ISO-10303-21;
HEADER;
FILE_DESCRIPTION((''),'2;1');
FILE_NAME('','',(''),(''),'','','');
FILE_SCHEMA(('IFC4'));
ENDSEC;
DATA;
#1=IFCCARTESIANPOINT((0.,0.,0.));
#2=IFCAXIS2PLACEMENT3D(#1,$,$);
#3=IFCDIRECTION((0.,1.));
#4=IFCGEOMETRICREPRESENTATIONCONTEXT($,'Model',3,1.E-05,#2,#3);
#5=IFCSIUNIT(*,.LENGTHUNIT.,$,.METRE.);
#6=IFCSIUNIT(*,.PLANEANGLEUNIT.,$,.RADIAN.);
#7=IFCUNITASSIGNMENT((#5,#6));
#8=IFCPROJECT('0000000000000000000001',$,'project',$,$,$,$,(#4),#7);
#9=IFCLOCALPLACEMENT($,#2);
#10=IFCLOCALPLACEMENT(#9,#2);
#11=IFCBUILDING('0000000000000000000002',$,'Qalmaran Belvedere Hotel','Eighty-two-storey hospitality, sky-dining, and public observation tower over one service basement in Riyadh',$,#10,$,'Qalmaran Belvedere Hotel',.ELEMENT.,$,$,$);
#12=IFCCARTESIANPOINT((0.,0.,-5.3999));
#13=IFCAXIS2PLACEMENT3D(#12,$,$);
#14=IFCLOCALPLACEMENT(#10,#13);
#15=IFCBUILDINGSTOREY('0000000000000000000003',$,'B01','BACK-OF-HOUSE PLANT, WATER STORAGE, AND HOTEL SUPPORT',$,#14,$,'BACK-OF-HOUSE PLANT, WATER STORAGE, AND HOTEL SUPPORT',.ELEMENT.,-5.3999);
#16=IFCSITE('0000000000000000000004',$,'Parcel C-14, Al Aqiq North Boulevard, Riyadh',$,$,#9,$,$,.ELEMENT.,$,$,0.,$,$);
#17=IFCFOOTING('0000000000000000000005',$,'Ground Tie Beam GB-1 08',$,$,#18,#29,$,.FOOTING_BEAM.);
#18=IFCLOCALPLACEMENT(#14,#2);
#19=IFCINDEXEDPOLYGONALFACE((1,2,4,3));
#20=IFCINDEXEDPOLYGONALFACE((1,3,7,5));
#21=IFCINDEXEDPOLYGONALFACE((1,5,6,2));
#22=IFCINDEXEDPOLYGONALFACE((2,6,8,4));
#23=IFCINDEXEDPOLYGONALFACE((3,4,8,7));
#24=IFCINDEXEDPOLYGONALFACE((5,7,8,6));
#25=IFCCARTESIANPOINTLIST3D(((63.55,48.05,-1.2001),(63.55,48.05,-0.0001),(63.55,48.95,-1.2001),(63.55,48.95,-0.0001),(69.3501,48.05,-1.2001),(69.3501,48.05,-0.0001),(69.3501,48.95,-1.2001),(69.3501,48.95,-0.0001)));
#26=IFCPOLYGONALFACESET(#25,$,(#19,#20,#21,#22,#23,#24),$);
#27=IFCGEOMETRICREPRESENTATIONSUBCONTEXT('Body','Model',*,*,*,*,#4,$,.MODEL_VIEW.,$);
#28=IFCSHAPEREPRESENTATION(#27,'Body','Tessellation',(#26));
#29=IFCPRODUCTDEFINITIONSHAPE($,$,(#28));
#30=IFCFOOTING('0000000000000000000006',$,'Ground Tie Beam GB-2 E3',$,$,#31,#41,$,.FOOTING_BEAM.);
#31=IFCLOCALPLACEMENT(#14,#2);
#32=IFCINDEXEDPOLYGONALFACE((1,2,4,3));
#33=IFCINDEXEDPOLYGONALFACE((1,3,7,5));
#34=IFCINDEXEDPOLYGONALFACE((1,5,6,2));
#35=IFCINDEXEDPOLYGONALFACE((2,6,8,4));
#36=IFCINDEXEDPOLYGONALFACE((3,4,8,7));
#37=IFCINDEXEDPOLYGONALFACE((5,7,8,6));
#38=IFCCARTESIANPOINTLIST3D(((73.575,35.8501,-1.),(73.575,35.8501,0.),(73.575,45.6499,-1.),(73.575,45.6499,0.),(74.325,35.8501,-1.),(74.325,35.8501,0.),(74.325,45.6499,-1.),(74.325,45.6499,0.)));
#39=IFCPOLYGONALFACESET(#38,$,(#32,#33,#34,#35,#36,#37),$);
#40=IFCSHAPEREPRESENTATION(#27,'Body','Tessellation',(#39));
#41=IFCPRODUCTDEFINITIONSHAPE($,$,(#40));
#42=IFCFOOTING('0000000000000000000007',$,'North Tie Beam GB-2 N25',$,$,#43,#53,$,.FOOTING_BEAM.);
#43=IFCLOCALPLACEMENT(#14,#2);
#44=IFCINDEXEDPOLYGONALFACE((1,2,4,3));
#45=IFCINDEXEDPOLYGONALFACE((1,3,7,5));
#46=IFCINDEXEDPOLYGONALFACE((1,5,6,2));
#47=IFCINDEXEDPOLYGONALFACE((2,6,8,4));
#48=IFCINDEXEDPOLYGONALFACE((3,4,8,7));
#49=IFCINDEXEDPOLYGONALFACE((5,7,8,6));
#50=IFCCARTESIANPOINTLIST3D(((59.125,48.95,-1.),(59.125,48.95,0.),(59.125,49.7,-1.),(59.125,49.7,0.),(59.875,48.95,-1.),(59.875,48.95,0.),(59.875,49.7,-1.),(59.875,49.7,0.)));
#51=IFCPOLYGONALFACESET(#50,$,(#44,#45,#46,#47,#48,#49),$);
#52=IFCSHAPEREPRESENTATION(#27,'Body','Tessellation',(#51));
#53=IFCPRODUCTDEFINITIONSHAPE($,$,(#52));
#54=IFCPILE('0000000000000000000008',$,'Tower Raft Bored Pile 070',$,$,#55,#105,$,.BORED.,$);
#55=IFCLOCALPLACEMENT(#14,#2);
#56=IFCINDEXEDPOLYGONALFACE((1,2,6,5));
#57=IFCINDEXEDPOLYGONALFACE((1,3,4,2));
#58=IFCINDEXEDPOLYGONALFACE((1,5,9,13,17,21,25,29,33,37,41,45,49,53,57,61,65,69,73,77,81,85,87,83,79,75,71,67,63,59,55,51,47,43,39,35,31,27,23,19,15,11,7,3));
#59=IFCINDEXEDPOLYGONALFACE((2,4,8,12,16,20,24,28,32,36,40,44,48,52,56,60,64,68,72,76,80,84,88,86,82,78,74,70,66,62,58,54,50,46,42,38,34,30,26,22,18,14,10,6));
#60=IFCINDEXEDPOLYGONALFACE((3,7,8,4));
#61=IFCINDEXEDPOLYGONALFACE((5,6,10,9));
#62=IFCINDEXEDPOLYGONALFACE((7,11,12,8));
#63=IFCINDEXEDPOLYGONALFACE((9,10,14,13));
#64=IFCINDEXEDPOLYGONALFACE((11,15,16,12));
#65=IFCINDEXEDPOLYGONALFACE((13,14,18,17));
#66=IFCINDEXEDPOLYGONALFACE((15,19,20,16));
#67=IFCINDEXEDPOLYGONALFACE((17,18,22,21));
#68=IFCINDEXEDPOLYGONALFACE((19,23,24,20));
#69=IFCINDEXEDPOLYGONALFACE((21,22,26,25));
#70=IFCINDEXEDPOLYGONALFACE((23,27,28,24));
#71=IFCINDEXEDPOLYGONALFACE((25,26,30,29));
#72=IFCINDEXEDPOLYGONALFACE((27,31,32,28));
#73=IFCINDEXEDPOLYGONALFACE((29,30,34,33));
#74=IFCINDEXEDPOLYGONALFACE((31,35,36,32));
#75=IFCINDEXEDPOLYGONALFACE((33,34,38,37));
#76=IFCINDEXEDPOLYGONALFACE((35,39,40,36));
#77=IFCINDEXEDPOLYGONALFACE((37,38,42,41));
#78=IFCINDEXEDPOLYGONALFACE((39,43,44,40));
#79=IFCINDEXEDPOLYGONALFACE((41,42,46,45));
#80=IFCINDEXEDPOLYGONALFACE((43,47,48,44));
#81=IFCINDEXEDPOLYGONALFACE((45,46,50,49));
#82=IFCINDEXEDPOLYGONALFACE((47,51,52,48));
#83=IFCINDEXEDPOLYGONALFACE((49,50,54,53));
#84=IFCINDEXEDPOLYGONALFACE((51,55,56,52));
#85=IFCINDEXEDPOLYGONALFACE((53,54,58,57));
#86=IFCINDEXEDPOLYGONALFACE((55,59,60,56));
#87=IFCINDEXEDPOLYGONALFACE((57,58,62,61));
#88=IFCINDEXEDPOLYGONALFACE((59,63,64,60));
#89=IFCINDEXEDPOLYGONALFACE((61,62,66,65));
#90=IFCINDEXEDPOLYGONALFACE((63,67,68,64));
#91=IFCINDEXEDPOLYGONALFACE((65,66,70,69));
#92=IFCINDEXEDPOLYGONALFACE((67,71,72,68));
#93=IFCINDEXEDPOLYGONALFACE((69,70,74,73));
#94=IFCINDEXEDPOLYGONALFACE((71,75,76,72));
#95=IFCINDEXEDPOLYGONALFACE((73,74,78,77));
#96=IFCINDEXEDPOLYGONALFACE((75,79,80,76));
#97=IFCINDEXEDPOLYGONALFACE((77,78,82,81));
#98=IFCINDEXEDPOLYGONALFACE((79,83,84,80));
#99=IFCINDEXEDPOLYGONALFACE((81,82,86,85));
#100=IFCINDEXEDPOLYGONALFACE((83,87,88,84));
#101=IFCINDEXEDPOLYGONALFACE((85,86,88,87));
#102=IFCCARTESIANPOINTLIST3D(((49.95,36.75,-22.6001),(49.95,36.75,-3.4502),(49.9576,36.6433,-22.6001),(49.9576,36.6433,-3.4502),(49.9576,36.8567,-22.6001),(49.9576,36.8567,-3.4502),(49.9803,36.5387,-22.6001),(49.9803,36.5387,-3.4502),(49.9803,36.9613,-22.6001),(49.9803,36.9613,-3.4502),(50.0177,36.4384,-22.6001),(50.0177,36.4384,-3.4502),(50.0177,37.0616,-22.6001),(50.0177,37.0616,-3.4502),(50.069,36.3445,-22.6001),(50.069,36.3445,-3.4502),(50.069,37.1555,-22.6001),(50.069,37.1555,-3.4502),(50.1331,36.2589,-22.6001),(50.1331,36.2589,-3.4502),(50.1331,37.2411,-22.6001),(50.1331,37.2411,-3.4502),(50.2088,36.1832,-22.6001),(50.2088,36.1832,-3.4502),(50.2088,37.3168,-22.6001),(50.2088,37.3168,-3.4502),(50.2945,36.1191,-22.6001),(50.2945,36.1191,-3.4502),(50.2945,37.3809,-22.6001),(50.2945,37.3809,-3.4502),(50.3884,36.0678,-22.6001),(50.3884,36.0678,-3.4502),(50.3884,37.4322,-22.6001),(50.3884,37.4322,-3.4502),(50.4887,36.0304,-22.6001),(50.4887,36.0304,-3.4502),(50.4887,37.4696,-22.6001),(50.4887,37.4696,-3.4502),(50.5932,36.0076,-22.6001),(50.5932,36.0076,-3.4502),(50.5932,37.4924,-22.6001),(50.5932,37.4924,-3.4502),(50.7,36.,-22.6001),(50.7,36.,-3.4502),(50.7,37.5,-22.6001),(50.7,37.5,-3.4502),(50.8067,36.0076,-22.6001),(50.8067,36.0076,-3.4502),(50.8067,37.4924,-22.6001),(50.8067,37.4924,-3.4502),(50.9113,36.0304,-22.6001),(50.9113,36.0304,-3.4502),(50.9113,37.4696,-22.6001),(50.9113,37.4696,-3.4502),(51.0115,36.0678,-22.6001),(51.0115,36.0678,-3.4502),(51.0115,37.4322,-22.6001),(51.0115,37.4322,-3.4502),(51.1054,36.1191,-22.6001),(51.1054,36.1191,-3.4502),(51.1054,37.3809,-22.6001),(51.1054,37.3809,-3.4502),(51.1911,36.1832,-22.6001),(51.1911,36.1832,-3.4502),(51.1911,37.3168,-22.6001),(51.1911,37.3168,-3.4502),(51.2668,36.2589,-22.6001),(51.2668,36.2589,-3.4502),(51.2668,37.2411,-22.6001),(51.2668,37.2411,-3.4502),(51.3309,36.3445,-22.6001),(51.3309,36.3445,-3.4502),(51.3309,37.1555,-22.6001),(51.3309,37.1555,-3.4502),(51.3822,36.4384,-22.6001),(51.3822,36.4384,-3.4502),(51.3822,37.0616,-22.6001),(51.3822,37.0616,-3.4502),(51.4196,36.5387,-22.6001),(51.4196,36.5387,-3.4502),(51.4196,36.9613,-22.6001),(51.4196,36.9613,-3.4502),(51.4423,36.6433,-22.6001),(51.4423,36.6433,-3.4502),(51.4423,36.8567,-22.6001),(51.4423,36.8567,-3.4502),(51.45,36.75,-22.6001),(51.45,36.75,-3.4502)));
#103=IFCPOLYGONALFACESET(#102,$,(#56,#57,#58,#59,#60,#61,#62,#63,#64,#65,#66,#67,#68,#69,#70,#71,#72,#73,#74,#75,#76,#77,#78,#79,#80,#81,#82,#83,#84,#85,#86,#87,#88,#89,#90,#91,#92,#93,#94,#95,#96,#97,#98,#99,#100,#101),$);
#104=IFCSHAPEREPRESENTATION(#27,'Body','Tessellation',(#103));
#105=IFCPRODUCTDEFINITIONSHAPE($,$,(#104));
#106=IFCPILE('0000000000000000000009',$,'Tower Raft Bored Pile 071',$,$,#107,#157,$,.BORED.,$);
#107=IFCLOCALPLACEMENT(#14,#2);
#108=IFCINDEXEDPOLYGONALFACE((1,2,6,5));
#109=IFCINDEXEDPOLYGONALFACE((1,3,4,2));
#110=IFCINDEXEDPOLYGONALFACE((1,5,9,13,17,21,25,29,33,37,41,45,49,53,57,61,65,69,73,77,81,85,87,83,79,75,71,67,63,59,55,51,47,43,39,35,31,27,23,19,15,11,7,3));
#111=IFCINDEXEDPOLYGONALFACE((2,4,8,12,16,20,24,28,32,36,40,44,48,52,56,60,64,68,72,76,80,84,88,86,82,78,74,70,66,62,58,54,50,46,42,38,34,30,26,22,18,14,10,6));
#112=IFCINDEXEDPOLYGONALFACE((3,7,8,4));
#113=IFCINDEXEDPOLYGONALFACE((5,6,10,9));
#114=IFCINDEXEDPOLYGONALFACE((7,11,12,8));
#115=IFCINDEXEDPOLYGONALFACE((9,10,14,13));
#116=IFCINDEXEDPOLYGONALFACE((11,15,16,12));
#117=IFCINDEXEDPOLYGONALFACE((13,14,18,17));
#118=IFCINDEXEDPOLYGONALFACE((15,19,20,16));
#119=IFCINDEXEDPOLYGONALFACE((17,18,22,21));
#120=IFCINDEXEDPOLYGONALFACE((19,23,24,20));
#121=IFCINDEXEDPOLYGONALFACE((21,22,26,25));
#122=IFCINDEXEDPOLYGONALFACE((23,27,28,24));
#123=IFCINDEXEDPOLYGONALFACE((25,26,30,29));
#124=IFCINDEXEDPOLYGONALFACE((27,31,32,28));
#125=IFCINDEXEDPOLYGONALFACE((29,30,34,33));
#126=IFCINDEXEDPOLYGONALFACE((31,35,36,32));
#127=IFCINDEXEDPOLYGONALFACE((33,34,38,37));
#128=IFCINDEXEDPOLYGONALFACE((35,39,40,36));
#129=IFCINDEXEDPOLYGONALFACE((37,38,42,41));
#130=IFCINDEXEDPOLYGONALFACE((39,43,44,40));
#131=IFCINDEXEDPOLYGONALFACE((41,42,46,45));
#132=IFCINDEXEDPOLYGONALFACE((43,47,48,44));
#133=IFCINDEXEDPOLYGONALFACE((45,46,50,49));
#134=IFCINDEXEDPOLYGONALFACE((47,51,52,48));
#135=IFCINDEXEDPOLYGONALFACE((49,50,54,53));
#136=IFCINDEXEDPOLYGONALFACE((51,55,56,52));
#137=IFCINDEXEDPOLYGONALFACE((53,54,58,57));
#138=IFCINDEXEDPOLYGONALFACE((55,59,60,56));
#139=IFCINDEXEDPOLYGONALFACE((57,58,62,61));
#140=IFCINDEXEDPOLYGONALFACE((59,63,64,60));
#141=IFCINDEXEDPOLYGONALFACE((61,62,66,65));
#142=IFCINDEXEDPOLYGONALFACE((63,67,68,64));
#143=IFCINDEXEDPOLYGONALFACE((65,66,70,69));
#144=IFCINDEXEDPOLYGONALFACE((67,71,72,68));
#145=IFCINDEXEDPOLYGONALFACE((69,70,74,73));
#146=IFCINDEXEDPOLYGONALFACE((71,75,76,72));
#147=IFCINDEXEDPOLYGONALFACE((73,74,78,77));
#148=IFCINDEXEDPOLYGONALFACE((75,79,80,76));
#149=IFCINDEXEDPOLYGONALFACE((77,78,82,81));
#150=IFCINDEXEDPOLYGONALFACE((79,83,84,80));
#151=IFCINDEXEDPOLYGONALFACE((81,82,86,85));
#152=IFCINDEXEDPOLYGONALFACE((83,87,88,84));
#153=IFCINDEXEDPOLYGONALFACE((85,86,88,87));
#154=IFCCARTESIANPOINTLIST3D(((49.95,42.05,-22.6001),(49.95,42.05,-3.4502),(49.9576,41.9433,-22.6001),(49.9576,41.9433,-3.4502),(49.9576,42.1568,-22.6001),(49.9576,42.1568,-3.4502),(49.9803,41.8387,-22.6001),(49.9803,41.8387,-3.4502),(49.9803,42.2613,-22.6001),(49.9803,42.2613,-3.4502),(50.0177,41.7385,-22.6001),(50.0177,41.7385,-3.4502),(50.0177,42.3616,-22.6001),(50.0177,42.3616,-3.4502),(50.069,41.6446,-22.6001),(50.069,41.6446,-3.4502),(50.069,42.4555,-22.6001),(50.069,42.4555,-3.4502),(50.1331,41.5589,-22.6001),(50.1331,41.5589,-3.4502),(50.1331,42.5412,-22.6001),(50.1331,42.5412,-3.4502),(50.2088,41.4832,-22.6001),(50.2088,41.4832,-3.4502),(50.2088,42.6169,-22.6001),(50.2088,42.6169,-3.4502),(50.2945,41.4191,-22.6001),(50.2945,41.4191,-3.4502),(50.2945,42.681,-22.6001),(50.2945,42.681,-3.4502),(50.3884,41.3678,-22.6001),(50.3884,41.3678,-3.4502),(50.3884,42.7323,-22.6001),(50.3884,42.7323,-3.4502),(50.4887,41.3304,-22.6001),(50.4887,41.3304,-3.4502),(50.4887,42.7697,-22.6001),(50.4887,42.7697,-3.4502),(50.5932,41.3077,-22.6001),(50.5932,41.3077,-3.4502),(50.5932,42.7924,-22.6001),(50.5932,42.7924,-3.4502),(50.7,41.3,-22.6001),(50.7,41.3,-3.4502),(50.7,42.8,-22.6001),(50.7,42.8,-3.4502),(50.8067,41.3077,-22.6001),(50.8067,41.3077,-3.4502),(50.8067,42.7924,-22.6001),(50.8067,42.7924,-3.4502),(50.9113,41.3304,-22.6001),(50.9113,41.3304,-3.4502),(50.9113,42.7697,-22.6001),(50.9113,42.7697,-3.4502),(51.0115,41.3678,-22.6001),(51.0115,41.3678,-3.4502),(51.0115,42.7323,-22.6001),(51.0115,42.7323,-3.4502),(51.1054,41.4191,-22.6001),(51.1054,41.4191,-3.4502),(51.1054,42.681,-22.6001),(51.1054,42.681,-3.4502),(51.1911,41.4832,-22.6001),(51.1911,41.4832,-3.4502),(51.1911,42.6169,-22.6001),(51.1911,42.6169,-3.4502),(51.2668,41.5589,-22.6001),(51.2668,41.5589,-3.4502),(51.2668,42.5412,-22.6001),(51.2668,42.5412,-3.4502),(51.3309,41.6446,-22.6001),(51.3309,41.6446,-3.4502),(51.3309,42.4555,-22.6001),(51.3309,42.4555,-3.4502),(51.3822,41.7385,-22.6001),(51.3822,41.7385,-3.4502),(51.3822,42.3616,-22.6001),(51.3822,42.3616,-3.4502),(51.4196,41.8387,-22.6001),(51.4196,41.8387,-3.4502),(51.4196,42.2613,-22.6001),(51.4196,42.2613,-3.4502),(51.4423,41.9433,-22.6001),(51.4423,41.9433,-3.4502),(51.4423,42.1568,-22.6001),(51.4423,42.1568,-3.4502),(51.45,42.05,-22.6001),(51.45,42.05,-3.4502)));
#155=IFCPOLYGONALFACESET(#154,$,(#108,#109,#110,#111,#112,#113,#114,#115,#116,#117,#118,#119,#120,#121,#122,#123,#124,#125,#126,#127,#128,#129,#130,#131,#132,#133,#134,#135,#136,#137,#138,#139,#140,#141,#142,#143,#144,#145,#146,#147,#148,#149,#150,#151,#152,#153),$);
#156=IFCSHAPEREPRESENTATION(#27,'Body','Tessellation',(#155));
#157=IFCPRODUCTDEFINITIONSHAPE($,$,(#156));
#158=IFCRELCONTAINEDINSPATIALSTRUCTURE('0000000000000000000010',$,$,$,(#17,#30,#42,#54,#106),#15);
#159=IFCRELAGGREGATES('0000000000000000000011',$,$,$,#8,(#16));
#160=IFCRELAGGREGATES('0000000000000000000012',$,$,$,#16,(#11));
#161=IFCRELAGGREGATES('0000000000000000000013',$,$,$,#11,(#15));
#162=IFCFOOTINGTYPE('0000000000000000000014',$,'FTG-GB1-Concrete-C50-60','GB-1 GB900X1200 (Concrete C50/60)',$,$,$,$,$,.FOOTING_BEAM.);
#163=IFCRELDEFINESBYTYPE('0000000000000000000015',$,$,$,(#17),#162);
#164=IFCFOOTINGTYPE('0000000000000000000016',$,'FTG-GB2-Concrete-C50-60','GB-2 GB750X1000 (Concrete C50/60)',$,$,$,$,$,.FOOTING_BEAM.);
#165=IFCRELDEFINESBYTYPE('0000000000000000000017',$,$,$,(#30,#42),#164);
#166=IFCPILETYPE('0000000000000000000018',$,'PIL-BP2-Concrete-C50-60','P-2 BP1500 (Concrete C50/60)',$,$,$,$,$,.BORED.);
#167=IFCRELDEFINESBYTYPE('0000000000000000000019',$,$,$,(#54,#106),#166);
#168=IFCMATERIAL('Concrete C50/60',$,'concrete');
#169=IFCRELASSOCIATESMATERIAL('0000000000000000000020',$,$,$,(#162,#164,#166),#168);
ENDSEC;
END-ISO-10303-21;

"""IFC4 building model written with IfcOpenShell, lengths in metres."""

from ifc_helpers import new_model, si_unit, direction, frame, origin, origin_2d, place, context, subcontext, project, spatial, rectangle, circle, extrude, material, material_profile, profile_set, type_object, element, save


model = new_model("IFC4")

# Units and contexts
model_context = context("Model", 3, precision=1e-05, world=origin(), true_north=direction((0.0, 1.0)))
body_context = subcontext(model_context, "Body", "Model", "MODEL_VIEW")
ifc_project = project(units=[si_unit("LENGTHUNIT", "METRE"), si_unit("PLANEANGLEUNIT", "RADIAN")], contexts=[model_context])

# Site, building, storey
site_placement = place(None, origin())
site = spatial("IfcSite", under=ifc_project, at=site_placement, Name="Parcel C-14, Al Aqiq North Boulevard, Riyadh", CompositionType="ELEMENT", RefElevation=0.0)
building_placement = place(site_placement, origin())
building = spatial("IfcBuilding", under=site, at=building_placement, Name="Qalmaran Belvedere Hotel", Description="Eighty-two-storey hospitality, sky-dining, and public observation tower over one service basement in Riyadh", LongName="Qalmaran Belvedere Hotel", CompositionType="ELEMENT")
storey_placement = place(building_placement, frame((0.0, 0.0, -5.3999)))
storey = spatial("IfcBuildingStorey", under=building, at=storey_placement, Name="B01", Description="BACK-OF-HOUSE PLANT, WATER STORAGE, AND HOTEL SUPPORT", LongName="BACK-OF-HOUSE PLANT, WATER STORAGE, AND HOTEL SUPPORT", CompositionType="ELEMENT", Elevation=-5.3999)

# Footings
ifc_material_1 = material(Name="Concrete C50/60", Category="concrete")
ifc_material_profile_1 = material_profile(ifc_material_1, rectangle(XDim=0.8999, YDim=1.2, at=origin_2d()), Name="GB900X1200")
ifc_profile_set_1 = profile_set([ifc_material_profile_1], Name="Concrete C50/60")
footing_type_1 = type_object("IfcFootingType", Name="FTG-GB1-Concrete-C50-60", Description="GB-1 GB900X1200 (Concrete C50/60)", PredefinedType="FOOTING_BEAM", material=ifc_profile_set_1)
footing_1_placement = place(storey_placement, frame((63.55, 48.5, -0.6001), z_axis=(1.0, 0.0, 0.0), x_axis=(0.0, 1.0, 0.0)))
element("IfcFooting", 1, at=footing_1_placement, inside=storey, type_object=footing_type_1, Name="Ground Tie Beam GB-1 08", PredefinedType="FOOTING_BEAM", context=body_context, shape_type="SweptSolid", body=[
    extrude(rectangle(XDim=0.8999, YDim=1.2, at=origin_2d()), origin(), (0.0, 0.0, 1.0), 5.8),
])
ifc_material_profile_2 = material_profile(ifc_material_1, rectangle(XDim=0.75, YDim=1.0, at=origin_2d()), Name="GB750X1000")
ifc_profile_set_2 = profile_set([ifc_material_profile_2], Name="Concrete C50/60")
footing_type_2 = type_object("IfcFootingType", Name="FTG-GB2-Concrete-C50-60", Description="GB-2 GB750X1000 (Concrete C50/60)", PredefinedType="FOOTING_BEAM", material=ifc_profile_set_2)
footing_2_placement = place(storey_placement, frame((73.95, 35.8501, -0.5), z_axis=(0.0, 1.0, 0.0), x_axis=(-1.0, 0.0, 0.0)))
element("IfcFooting", 2, at=footing_2_placement, inside=storey, type_object=footing_type_2, Name="Ground Tie Beam GB-2 E3", PredefinedType="FOOTING_BEAM", context=body_context, shape_type="SweptSolid", body=[
    extrude(rectangle(XDim=0.75, YDim=1.0, at=origin_2d()), origin(), (0.0, 0.0, 1.0), 9.7998),
])
footing_3_placement = place(storey_placement, frame((59.5, 48.95, -0.5), z_axis=(0.0, 1.0, 0.0), x_axis=(-1.0, 0.0, 0.0)))
element("IfcFooting", 3, at=footing_3_placement, inside=storey, type_object=footing_type_2, Name="North Tie Beam GB-2 N25", PredefinedType="FOOTING_BEAM", context=body_context, shape_type="SweptSolid", body=[
    extrude(rectangle(XDim=0.75, YDim=1.0, at=origin_2d()), origin(), (0.0, 0.0, 1.0), 0.75),
])

# Piles
ifc_material_profile_3 = material_profile(ifc_material_1, circle(Radius=0.75, at=origin_2d()), Name="BP1500")
ifc_profile_set_3 = profile_set([ifc_material_profile_3], Name="Concrete C50/60")
pile_type_1 = type_object("IfcPileType", Name="PIL-BP2-Concrete-C50-60", Description="P-2 BP1500 (Concrete C50/60)", PredefinedType="BORED", material=ifc_profile_set_3)
for number, where, z_axis, x_axis, name in (
    (4, (50.7, 36.75, -3.4502), (0.0, 0.0, -1.0), (1.0, 0.0, 0.0), "Tower Raft Bored Pile 070"),
    (5, (50.7, 42.05, -3.4502), (0.0, 0.0, -1.0), (1.0, 0.0, 0.0), "Tower Raft Bored Pile 071"),
):
    element("IfcPile", number, at=place(storey_placement, frame(where, z_axis=z_axis, x_axis=x_axis)), inside=storey, type_object=pile_type_1, Name=name, PredefinedType="BORED", context=body_context, shape_type="SweptSolid", body=[
        extrude(circle(Radius=0.75, at=origin_2d()), origin(), (0.0, 0.0, 1.0), 19.1499),
    ])

save(model, "model.ifc")
